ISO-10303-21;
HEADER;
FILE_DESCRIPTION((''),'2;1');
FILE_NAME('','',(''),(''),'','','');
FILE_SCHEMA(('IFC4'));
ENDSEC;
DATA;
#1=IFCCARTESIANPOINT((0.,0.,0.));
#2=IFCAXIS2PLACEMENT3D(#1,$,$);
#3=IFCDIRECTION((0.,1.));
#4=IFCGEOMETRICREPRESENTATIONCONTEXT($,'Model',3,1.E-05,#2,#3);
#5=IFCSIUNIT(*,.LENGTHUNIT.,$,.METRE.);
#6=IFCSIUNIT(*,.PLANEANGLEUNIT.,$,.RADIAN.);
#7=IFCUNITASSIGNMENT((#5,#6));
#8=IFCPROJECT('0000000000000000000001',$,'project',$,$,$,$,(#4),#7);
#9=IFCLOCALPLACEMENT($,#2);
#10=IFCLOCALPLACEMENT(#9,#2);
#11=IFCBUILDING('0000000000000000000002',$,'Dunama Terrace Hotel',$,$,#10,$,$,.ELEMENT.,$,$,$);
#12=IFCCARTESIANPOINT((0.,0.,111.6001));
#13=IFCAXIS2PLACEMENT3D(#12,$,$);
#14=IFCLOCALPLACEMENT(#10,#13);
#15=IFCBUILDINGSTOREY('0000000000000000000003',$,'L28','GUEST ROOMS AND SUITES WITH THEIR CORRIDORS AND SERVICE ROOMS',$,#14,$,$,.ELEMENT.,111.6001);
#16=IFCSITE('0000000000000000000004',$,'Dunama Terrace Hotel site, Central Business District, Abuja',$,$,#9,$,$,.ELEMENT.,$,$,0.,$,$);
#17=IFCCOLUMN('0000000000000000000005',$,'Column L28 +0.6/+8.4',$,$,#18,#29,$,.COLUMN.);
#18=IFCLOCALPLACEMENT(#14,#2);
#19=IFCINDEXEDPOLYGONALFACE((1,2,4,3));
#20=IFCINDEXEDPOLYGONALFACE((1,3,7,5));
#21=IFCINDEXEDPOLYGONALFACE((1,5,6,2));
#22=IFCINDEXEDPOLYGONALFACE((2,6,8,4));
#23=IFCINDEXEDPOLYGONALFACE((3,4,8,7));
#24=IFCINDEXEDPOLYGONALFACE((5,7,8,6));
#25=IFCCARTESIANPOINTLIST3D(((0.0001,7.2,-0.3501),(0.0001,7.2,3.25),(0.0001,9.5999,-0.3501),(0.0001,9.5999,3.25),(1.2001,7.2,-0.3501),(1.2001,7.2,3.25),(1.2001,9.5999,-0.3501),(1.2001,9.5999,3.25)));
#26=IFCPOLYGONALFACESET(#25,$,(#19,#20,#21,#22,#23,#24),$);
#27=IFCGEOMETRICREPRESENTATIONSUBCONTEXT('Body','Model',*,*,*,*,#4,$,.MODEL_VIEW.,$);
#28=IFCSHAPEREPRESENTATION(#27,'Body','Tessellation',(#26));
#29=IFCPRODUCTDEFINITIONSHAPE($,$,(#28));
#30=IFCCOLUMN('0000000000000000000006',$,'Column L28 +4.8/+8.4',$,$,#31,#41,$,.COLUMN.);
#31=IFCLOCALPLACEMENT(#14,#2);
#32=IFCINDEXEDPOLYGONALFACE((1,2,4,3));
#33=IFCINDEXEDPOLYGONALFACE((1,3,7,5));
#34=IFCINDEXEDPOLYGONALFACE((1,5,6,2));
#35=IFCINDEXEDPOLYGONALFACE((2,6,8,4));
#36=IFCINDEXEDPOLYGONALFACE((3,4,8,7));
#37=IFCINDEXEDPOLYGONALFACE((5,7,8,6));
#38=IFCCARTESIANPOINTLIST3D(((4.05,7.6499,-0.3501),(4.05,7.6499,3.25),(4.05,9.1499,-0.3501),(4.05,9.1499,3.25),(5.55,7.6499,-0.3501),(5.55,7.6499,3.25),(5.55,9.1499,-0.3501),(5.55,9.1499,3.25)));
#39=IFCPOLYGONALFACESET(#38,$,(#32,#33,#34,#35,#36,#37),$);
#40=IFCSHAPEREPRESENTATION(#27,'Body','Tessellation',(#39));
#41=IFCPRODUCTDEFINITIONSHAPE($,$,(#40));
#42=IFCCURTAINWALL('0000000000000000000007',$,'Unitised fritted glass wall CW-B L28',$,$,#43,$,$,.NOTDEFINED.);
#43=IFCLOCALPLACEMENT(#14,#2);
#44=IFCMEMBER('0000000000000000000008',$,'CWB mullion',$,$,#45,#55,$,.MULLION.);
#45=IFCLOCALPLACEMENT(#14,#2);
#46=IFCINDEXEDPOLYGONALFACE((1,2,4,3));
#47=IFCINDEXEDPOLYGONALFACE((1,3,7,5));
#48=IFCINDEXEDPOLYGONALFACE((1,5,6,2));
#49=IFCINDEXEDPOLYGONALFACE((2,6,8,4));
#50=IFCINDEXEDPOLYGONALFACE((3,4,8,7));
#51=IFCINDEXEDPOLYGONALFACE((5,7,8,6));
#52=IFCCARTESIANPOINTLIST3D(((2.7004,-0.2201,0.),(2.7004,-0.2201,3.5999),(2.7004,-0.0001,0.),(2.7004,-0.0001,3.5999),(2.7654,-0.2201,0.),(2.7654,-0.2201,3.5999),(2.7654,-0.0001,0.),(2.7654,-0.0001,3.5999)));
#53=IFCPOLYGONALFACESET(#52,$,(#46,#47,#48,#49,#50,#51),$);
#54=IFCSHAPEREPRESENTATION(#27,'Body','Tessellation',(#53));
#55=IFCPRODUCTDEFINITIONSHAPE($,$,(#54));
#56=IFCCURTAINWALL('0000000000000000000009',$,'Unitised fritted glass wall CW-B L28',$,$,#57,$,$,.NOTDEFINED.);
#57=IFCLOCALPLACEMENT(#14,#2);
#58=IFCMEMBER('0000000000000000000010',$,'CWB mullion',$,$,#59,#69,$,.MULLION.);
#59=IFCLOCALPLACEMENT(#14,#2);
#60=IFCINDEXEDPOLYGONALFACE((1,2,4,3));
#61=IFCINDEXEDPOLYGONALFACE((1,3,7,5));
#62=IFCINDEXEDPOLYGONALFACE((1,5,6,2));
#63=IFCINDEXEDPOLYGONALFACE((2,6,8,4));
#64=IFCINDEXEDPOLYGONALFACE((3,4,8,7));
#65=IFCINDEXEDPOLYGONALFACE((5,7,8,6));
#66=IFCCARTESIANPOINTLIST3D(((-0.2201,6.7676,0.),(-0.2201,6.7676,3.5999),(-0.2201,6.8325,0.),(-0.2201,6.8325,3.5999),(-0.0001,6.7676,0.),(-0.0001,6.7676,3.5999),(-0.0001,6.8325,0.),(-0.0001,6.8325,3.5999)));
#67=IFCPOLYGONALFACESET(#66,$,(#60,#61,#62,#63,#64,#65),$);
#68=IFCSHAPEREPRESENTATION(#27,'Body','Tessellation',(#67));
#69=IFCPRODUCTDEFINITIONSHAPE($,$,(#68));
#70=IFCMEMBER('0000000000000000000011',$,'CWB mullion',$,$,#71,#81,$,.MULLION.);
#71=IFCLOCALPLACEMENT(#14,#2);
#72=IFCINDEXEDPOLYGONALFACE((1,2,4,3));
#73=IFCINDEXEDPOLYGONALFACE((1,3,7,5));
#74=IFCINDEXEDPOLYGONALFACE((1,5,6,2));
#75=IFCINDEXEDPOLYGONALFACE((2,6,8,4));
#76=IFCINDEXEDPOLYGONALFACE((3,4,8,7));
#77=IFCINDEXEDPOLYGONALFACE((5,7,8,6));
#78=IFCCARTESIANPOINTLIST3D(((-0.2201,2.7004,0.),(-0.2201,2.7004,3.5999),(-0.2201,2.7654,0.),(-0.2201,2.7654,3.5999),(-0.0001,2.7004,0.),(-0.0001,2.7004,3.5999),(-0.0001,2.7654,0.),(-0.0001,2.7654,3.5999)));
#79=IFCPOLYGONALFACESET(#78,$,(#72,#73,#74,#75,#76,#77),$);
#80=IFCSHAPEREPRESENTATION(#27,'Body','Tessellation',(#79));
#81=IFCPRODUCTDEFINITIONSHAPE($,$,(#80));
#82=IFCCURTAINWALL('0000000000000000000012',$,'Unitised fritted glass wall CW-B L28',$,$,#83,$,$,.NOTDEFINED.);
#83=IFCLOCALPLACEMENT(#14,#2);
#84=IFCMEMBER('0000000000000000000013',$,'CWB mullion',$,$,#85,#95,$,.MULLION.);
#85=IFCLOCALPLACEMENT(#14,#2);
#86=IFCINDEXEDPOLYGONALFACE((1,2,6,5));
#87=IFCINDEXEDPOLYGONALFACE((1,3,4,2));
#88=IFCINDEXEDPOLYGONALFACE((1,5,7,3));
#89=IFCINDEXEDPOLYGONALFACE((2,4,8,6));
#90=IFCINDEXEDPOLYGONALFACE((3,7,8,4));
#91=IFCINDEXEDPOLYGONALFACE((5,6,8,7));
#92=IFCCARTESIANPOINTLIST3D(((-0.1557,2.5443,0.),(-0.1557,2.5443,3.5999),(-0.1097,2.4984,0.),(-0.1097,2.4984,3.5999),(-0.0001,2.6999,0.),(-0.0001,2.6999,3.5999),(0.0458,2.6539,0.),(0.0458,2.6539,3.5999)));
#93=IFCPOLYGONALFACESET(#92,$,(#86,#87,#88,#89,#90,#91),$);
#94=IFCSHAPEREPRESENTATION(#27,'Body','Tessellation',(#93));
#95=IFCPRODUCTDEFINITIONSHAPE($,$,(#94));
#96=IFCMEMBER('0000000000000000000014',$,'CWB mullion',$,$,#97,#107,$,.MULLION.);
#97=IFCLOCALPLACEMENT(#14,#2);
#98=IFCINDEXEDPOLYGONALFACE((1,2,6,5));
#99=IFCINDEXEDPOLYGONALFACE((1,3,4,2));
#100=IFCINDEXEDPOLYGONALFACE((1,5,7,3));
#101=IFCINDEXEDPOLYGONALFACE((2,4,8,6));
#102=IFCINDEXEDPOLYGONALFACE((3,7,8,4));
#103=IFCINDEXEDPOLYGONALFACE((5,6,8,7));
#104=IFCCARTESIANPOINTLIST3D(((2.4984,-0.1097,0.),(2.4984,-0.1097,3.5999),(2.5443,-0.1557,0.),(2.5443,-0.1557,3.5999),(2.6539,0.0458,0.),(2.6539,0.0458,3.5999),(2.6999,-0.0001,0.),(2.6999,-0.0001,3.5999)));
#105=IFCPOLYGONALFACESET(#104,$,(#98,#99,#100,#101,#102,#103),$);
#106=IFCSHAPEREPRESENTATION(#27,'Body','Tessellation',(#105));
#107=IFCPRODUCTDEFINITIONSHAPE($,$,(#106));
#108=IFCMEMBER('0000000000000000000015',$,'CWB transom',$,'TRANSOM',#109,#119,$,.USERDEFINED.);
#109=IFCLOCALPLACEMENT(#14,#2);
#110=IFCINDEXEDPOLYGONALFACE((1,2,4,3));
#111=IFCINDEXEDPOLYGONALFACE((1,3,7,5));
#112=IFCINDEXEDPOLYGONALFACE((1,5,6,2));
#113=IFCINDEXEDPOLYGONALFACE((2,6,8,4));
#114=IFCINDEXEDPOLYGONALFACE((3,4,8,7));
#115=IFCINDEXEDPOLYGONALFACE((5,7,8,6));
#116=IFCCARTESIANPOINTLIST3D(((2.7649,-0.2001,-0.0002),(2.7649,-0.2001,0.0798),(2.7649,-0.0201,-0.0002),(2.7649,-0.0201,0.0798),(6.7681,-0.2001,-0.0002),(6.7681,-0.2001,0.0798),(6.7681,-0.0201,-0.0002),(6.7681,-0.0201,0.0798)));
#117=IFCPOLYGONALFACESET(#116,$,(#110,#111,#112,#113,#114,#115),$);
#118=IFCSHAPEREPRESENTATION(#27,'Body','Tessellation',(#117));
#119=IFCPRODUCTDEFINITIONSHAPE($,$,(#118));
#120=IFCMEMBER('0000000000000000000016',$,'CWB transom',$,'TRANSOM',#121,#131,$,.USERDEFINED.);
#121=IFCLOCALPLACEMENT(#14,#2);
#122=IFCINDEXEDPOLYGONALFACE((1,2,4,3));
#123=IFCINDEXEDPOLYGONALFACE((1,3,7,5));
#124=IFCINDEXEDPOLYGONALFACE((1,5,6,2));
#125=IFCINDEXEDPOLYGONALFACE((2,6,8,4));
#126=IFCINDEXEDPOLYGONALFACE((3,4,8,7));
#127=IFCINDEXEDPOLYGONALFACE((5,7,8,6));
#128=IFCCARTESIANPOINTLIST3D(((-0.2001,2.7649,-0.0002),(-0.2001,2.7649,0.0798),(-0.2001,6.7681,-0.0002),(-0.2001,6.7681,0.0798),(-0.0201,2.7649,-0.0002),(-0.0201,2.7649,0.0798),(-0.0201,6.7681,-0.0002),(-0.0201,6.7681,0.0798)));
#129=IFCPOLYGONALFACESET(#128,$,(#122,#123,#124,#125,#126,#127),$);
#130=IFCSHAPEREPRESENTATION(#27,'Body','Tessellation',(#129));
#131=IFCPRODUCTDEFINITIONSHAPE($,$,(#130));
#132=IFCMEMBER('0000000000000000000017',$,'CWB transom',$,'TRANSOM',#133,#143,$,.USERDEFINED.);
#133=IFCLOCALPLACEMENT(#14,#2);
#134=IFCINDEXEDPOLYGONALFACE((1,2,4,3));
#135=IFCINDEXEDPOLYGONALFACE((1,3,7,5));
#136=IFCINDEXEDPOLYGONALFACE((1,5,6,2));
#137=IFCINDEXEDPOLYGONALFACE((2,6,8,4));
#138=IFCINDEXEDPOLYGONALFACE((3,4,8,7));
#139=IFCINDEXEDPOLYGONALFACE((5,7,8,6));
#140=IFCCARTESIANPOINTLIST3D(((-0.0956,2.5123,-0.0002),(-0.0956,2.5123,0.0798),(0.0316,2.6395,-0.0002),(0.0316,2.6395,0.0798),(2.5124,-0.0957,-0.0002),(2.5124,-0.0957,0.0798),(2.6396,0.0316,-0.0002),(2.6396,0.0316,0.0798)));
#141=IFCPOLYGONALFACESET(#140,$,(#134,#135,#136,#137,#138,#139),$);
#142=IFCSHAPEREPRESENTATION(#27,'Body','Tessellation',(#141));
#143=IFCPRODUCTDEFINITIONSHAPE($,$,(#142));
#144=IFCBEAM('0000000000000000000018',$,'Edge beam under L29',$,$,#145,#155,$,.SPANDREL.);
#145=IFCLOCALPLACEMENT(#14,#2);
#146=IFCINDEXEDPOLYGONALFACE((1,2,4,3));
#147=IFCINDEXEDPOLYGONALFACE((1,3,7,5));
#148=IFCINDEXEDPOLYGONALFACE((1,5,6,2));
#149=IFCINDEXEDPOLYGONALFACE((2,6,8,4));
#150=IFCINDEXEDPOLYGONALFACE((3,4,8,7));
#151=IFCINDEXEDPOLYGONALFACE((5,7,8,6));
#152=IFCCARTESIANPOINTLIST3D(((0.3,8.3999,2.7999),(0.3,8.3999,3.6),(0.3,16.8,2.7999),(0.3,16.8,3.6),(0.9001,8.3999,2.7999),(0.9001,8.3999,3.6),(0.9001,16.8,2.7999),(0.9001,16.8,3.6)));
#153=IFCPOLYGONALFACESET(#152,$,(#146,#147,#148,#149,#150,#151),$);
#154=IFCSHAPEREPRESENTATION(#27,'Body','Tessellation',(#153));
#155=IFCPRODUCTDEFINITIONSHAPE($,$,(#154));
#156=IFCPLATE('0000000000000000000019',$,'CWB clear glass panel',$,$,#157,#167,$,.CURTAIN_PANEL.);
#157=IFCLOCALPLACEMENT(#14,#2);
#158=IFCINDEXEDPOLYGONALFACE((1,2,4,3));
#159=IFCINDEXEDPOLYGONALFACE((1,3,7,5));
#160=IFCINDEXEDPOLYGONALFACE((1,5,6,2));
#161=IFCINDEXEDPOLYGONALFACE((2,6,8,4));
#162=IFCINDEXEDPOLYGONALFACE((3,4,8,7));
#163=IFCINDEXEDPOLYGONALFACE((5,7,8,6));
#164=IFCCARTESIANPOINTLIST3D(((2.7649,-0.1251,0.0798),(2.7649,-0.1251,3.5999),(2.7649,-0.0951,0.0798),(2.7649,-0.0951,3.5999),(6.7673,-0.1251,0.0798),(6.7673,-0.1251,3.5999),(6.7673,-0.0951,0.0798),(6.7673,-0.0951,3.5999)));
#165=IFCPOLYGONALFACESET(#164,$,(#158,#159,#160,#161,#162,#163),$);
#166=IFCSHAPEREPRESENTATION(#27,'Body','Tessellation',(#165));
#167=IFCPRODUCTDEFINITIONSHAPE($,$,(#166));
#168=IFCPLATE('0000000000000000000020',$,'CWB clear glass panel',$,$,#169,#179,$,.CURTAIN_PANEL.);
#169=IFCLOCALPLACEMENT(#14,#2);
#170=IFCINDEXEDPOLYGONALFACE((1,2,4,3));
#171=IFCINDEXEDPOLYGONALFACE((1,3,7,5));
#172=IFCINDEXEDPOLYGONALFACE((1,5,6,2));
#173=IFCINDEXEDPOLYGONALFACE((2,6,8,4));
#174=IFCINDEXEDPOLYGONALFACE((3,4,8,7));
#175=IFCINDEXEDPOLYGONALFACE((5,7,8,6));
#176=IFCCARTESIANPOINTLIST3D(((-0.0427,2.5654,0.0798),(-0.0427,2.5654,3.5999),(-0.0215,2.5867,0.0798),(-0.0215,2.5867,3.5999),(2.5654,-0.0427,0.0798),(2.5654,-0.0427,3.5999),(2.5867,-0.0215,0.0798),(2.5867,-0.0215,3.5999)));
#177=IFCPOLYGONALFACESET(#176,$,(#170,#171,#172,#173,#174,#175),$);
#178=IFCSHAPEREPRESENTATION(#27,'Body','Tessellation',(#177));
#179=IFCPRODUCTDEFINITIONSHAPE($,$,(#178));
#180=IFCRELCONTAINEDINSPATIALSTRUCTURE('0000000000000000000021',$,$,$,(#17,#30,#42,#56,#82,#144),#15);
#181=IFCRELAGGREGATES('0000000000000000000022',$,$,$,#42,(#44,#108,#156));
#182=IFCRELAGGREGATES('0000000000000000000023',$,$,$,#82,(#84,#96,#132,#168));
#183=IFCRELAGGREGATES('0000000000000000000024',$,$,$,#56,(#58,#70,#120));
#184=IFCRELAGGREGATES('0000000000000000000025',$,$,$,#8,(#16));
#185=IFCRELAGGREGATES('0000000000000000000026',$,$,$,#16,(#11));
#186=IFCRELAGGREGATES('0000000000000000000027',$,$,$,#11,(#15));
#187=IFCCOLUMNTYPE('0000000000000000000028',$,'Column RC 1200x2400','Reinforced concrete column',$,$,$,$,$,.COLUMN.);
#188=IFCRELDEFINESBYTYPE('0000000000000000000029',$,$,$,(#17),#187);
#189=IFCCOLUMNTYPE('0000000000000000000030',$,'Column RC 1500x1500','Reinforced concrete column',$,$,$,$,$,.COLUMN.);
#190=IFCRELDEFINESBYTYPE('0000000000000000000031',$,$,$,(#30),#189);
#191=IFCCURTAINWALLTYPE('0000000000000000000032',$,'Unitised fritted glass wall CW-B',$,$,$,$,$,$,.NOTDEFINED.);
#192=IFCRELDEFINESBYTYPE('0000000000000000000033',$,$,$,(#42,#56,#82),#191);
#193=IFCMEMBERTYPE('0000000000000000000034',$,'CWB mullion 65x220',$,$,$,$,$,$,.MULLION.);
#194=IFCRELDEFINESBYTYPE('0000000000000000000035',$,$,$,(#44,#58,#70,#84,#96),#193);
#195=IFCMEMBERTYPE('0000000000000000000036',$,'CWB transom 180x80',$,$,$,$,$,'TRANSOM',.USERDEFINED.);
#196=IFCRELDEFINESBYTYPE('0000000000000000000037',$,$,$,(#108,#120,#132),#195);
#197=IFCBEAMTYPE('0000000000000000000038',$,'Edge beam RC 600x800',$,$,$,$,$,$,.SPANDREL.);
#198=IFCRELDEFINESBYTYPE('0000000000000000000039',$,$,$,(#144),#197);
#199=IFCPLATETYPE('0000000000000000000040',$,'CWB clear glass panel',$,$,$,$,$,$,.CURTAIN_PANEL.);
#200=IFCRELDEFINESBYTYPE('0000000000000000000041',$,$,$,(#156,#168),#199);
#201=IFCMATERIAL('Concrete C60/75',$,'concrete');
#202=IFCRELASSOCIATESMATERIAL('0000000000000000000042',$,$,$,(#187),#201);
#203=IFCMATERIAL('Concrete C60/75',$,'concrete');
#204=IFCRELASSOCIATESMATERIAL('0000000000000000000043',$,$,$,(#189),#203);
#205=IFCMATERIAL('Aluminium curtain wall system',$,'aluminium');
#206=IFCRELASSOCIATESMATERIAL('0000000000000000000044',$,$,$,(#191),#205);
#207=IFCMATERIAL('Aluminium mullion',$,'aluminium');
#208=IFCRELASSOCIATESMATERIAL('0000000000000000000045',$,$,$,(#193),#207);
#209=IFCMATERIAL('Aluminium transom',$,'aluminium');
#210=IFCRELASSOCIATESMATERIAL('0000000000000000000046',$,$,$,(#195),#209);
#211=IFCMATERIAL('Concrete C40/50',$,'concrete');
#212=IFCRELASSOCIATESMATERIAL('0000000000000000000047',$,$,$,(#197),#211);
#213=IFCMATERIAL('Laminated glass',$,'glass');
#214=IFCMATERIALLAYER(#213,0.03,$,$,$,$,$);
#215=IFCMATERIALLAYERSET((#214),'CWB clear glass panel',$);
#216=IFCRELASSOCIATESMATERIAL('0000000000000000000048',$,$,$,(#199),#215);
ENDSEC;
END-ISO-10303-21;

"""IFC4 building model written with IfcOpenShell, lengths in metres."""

from ifc_helpers import new_model, si_unit, direction, frame, origin, origin_2d, place, context, subcontext, project, spatial, rectangle, extrude, material, layer, layer_set, material_profile, profile_set, type_object, element, aggregate, save


model = new_model("IFC4")

# Units and contexts
model_context = context("Model", 3, precision=1e-05, world=origin(), true_north=direction((0.0, 1.0)))
body_context = subcontext(model_context, "Body", "Model", "MODEL_VIEW")
ifc_project = project(units=[si_unit("LENGTHUNIT", "METRE"), si_unit("PLANEANGLEUNIT", "RADIAN")], contexts=[model_context])

# Site, building, storey
site_placement = place(None, origin())
site = spatial("IfcSite", under=ifc_project, at=site_placement, Name="Dunama Terrace Hotel site, Central Business District, Abuja", CompositionType="ELEMENT", RefElevation=0.0)
building_placement = place(site_placement, origin())
building = spatial("IfcBuilding", under=site, at=building_placement, Name="Dunama Terrace Hotel", CompositionType="ELEMENT")
storey_placement = place(building_placement, frame((0.0, 0.0, 111.6001)))
storey = spatial("IfcBuildingStorey", under=building, at=storey_placement, Name="L28", Description="GUEST ROOMS AND SUITES WITH THEIR CORRIDORS AND SERVICE ROOMS", CompositionType="ELEMENT", Elevation=111.6001)

# Columns
ifc_material_1 = material(Name="Concrete C60/75", Category="concrete")
ifc_material_profile_1 = material_profile(ifc_material_1, rectangle(XDim=1.2, YDim=2.3999, at=origin_2d()), Name="RC 1200x2400")
ifc_profile_set_1 = profile_set([ifc_material_profile_1], Name="Concrete C60/75")
column_type_1 = type_object("IfcColumnType", Name="Column RC 1200x2400", Description="Reinforced concrete column", PredefinedType="COLUMN", material=ifc_profile_set_1)
column_1_placement = place(storey_placement, frame((0.6001, 8.3999, -0.3501), z_axis=(0.0, 0.0, 1.0), x_axis=(1.0, 0.0, 0.0)))
element("IfcColumn", 1, at=column_1_placement, inside=storey, type_object=column_type_1, Name="Column L28 +0.6/+8.4", PredefinedType="COLUMN", context=body_context, shape_type="SweptSolid", body=[
    extrude(rectangle(XDim=1.2, YDim=2.3999, at=origin_2d()), origin(), (0.0, 0.0, 1.0), 3.6001),
])
ifc_material_2 = material(Name="Concrete C60/75", Category="concrete")
ifc_material_profile_2 = material_profile(ifc_material_2, rectangle(XDim=1.5, YDim=1.5, at=origin_2d()), Name="RC 1500x1500")
ifc_profile_set_2 = profile_set([ifc_material_profile_2], Name="Concrete C60/75")
column_type_2 = type_object("IfcColumnType", Name="Column RC 1500x1500", Description="Reinforced concrete column", PredefinedType="COLUMN", material=ifc_profile_set_2)
column_2_placement = place(storey_placement, frame((4.8, 8.3999, -0.3501), z_axis=(0.0, 0.0, 1.0), x_axis=(1.0, 0.0, 0.0)))
element("IfcColumn", 2, at=column_2_placement, inside=storey, type_object=column_type_2, Name="Column L28 +4.8/+8.4", PredefinedType="COLUMN", context=body_context, shape_type="SweptSolid", body=[
    extrude(rectangle(XDim=1.5, YDim=1.5, at=origin_2d()), origin(), (0.0, 0.0, 1.0), 3.6001),
])

# Curtain wall, member
ifc_material_3 = material(Name="Aluminium curtain wall system", Category="aluminium")
curtain_wall_type = type_object("IfcCurtainWallType", Name="Unitised fritted glass wall CW-B", PredefinedType="NOTDEFINED", material=ifc_material_3)
curtain_wall_1_placement = place(storey_placement, origin())
curtain_wall_1 = element("IfcCurtainWall", 3, at=curtain_wall_1_placement, inside=storey, type_object=curtain_wall_type, Name="Unitised fritted glass wall CW-B L28", PredefinedType="NOTDEFINED")
ifc_material_4 = material(Name="Aluminium mullion", Category="aluminium")
ifc_material_profile_3 = material_profile(ifc_material_4, rectangle(XDim=0.0649, YDim=0.22, at=origin_2d()), Name="CWB MULLION 65X220")
ifc_profile_set_3 = profile_set([ifc_material_profile_3], Name="Aluminium mullion")
member_type_1 = type_object("IfcMemberType", Name="CWB mullion 65x220", PredefinedType="MULLION", material=ifc_profile_set_3)
member_1_placement = place(storey_placement, frame((2.7329, -0.1101, 0.0), z_axis=(0.0, 0.0, 1.0), x_axis=(1.0, 0.0, 0.0)))
member_1 = element("IfcMember", 4, at=member_1_placement, type_object=member_type_1, Name="CWB mullion", PredefinedType="MULLION", context=body_context, shape_type="SweptSolid", body=[
    extrude(rectangle(XDim=0.0649, YDim=0.22, at=origin_2d()), origin(), (0.0, 0.0, 1.0), 3.5999),
])

# Curtain walls, members
curtain_wall_2_placement = place(storey_placement, origin())
curtain_wall_2 = element("IfcCurtainWall", 5, at=curtain_wall_2_placement, inside=storey, type_object=curtain_wall_type, Name="Unitised fritted glass wall CW-B L28", PredefinedType="NOTDEFINED")
member_2_placement = place(storey_placement, frame((-0.1101, 6.8, 0.0), z_axis=(0.0, 0.0, 1.0), x_axis=(0.0, -1.0, 0.0)))
member_2 = element("IfcMember", 6, at=member_2_placement, type_object=member_type_1, Name="CWB mullion", PredefinedType="MULLION", context=body_context, shape_type="SweptSolid", body=[
    extrude(rectangle(XDim=0.0649, YDim=0.22, at=origin_2d()), origin(), (0.0, 0.0, 1.0), 3.5999),
])
member_3_placement = place(storey_placement, frame((-0.1101, 2.7329, 0.0), z_axis=(0.0, 0.0, 1.0), x_axis=(0.0, -1.0, 0.0)))
member_3 = element("IfcMember", 7, at=member_3_placement, type_object=member_type_1, Name="CWB mullion", PredefinedType="MULLION", context=body_context, shape_type="SweptSolid", body=[
    extrude(rectangle(XDim=0.0649, YDim=0.22, at=origin_2d()), origin(), (0.0, 0.0, 1.0), 3.5999),
])
curtain_wall_3_placement = place(storey_placement, origin())
curtain_wall_3 = element("IfcCurtainWall", 8, at=curtain_wall_3_placement, inside=storey, type_object=curtain_wall_type, Name="Unitised fritted glass wall CW-B L28", PredefinedType="NOTDEFINED")
member_4_placement = place(storey_placement, frame((-0.0549, 2.5991, 0.0), z_axis=(0.0, 0.0, 1.0), x_axis=(0.707107, -0.707107, 0.0)))
member_4 = element("IfcMember", 9, at=member_4_placement, type_object=member_type_1, Name="CWB mullion", PredefinedType="MULLION", context=body_context, shape_type="SweptSolid", body=[
    extrude(rectangle(XDim=0.0649, YDim=0.22, at=origin_2d()), origin(), (0.0, 0.0, 1.0), 3.5999),
])
member_5_placement = place(storey_placement, frame((2.5991, -0.0549, 0.0), z_axis=(0.0, 0.0, 1.0), x_axis=(0.707107, -0.707107, 0.0)))
member_5 = element("IfcMember", 10, at=member_5_placement, type_object=member_type_1, Name="CWB mullion", PredefinedType="MULLION", context=body_context, shape_type="SweptSolid", body=[
    extrude(rectangle(XDim=0.0649, YDim=0.22, at=origin_2d()), origin(), (0.0, 0.0, 1.0), 3.5999),
])

# Members
ifc_material_5 = material(Name="Aluminium transom", Category="aluminium")
ifc_material_profile_4 = material_profile(ifc_material_5, rectangle(XDim=0.1799, YDim=0.0801, at=origin_2d()), Name="CWB TRANSOM 180X80")
ifc_profile_set_4 = profile_set([ifc_material_profile_4], Name="Aluminium transom")
member_type_2 = type_object("IfcMemberType", Name="CWB transom 180x80", ElementType="TRANSOM", PredefinedType="USERDEFINED", material=ifc_profile_set_4)
member_6_placement = place(storey_placement, frame((2.7649, -0.1101, 0.0398), z_axis=(1.0, 0.0, 0.0), x_axis=(0.0, 1.0, 0.0)))
member_6 = element("IfcMember", 11, at=member_6_placement, type_object=member_type_2, Name="CWB transom", ObjectType="TRANSOM", PredefinedType="USERDEFINED", context=body_context, shape_type="SweptSolid", body=[
    extrude(rectangle(XDim=0.1799, YDim=0.0801, at=origin_2d()), origin(), (0.0, 0.0, 1.0), 4.0032),
])
member_7_placement = place(storey_placement, frame((-0.1101, 6.7681, 0.0398), z_axis=(0.0, -1.0, 0.0), x_axis=(1.0, 0.0, 0.0)))
member_7 = element("IfcMember", 12, at=member_7_placement, type_object=member_type_2, Name="CWB transom", ObjectType="TRANSOM", PredefinedType="USERDEFINED", context=body_context, shape_type="SweptSolid", body=[
    extrude(rectangle(XDim=0.1799, YDim=0.0801, at=origin_2d()), origin(), (0.0, 0.0, 1.0), 4.0032),
])
member_8_placement = place(storey_placement, frame((-0.032, 2.5759, 0.0398), z_axis=(0.707107, -0.707107, 0.0), x_axis=(0.707107, 0.707107, 0.0)))
member_8 = element("IfcMember", 13, at=member_8_placement, type_object=member_type_2, Name="CWB transom", ObjectType="TRANSOM", PredefinedType="USERDEFINED", context=body_context, shape_type="SweptSolid", body=[
    extrude(rectangle(XDim=0.1799, YDim=0.0801, at=origin_2d()), origin(), (0.0, 0.0, 1.0), 3.6882),
])

# Beam
ifc_material_6 = material(Name="Concrete C40/50", Category="concrete")
ifc_material_profile_5 = material_profile(ifc_material_6, rectangle(XDim=0.6001, YDim=0.8, at=origin_2d()), Name="RC 600x800")
ifc_profile_set_5 = profile_set([ifc_material_profile_5], Name="Concrete C40/50")
beam_type = type_object("IfcBeamType", Name="Edge beam RC 600x800", PredefinedType="SPANDREL", material=ifc_profile_set_5)
beam_placement = place(storey_placement, frame((0.6001, 8.3999, 3.2), z_axis=(0.0, 1.0, 0.0), x_axis=(-1.0, 0.0, 0.0)))
element("IfcBeam", 14, at=beam_placement, inside=storey, type_object=beam_type, Name="Edge beam under L29", PredefinedType="SPANDREL", context=body_context, shape_type="SweptSolid", body=[
    extrude(rectangle(XDim=0.6001, YDim=0.8, at=origin_2d()), origin(), (0.0, 0.0, 1.0), 8.4001),
])

# Plates
ifc_material_7 = material(Name="Laminated glass", Category="glass")
ifc_layer_1 = layer(ifc_material_7, 0.03)
ifc_layer_set_1 = layer_set([ifc_layer_1], Name="CWB clear glass panel")
plate_type_1 = type_object("IfcPlateType", Name="CWB clear glass panel", PredefinedType="CURTAIN_PANEL", material=ifc_layer_set_1)
plate_1_placement = place(storey_placement, frame((4.7661, -0.1101, 0.0798), z_axis=(0.0, 0.0, 1.0), x_axis=(1.0, 0.0, 0.0)))
plate_1 = element("IfcPlate", 15, at=plate_1_placement, type_object=plate_type_1, Name="CWB clear glass panel", PredefinedType="CURTAIN_PANEL", context=body_context, shape_type="SweptSolid", body=[
    extrude(rectangle(XDim=4.0024, YDim=0.03, at=origin_2d()), origin(), (0.0, 0.0, 1.0), 3.52),
])
aggregate(curtain_wall_1, [member_1, member_6, plate_1])
plate_2_placement = place(storey_placement, frame((1.272, 1.272, 0.0798), z_axis=(0.0, 0.0, 1.0), x_axis=(0.707107, -0.707107, 0.0)))
plate_2 = element("IfcPlate", 16, at=plate_2_placement, type_object=plate_type_1, Name="CWB clear glass panel", PredefinedType="CURTAIN_PANEL", context=body_context, shape_type="SweptSolid", body=[
    extrude(rectangle(XDim=3.6885, YDim=0.03, at=origin_2d()), origin(), (0.0, 0.0, 1.0), 3.52),
])
aggregate(curtain_wall_3, [member_4, member_5, member_8, plate_2])
aggregate(curtain_wall_2, [member_2, member_3, member_7])

save(model, "model.ifc")
